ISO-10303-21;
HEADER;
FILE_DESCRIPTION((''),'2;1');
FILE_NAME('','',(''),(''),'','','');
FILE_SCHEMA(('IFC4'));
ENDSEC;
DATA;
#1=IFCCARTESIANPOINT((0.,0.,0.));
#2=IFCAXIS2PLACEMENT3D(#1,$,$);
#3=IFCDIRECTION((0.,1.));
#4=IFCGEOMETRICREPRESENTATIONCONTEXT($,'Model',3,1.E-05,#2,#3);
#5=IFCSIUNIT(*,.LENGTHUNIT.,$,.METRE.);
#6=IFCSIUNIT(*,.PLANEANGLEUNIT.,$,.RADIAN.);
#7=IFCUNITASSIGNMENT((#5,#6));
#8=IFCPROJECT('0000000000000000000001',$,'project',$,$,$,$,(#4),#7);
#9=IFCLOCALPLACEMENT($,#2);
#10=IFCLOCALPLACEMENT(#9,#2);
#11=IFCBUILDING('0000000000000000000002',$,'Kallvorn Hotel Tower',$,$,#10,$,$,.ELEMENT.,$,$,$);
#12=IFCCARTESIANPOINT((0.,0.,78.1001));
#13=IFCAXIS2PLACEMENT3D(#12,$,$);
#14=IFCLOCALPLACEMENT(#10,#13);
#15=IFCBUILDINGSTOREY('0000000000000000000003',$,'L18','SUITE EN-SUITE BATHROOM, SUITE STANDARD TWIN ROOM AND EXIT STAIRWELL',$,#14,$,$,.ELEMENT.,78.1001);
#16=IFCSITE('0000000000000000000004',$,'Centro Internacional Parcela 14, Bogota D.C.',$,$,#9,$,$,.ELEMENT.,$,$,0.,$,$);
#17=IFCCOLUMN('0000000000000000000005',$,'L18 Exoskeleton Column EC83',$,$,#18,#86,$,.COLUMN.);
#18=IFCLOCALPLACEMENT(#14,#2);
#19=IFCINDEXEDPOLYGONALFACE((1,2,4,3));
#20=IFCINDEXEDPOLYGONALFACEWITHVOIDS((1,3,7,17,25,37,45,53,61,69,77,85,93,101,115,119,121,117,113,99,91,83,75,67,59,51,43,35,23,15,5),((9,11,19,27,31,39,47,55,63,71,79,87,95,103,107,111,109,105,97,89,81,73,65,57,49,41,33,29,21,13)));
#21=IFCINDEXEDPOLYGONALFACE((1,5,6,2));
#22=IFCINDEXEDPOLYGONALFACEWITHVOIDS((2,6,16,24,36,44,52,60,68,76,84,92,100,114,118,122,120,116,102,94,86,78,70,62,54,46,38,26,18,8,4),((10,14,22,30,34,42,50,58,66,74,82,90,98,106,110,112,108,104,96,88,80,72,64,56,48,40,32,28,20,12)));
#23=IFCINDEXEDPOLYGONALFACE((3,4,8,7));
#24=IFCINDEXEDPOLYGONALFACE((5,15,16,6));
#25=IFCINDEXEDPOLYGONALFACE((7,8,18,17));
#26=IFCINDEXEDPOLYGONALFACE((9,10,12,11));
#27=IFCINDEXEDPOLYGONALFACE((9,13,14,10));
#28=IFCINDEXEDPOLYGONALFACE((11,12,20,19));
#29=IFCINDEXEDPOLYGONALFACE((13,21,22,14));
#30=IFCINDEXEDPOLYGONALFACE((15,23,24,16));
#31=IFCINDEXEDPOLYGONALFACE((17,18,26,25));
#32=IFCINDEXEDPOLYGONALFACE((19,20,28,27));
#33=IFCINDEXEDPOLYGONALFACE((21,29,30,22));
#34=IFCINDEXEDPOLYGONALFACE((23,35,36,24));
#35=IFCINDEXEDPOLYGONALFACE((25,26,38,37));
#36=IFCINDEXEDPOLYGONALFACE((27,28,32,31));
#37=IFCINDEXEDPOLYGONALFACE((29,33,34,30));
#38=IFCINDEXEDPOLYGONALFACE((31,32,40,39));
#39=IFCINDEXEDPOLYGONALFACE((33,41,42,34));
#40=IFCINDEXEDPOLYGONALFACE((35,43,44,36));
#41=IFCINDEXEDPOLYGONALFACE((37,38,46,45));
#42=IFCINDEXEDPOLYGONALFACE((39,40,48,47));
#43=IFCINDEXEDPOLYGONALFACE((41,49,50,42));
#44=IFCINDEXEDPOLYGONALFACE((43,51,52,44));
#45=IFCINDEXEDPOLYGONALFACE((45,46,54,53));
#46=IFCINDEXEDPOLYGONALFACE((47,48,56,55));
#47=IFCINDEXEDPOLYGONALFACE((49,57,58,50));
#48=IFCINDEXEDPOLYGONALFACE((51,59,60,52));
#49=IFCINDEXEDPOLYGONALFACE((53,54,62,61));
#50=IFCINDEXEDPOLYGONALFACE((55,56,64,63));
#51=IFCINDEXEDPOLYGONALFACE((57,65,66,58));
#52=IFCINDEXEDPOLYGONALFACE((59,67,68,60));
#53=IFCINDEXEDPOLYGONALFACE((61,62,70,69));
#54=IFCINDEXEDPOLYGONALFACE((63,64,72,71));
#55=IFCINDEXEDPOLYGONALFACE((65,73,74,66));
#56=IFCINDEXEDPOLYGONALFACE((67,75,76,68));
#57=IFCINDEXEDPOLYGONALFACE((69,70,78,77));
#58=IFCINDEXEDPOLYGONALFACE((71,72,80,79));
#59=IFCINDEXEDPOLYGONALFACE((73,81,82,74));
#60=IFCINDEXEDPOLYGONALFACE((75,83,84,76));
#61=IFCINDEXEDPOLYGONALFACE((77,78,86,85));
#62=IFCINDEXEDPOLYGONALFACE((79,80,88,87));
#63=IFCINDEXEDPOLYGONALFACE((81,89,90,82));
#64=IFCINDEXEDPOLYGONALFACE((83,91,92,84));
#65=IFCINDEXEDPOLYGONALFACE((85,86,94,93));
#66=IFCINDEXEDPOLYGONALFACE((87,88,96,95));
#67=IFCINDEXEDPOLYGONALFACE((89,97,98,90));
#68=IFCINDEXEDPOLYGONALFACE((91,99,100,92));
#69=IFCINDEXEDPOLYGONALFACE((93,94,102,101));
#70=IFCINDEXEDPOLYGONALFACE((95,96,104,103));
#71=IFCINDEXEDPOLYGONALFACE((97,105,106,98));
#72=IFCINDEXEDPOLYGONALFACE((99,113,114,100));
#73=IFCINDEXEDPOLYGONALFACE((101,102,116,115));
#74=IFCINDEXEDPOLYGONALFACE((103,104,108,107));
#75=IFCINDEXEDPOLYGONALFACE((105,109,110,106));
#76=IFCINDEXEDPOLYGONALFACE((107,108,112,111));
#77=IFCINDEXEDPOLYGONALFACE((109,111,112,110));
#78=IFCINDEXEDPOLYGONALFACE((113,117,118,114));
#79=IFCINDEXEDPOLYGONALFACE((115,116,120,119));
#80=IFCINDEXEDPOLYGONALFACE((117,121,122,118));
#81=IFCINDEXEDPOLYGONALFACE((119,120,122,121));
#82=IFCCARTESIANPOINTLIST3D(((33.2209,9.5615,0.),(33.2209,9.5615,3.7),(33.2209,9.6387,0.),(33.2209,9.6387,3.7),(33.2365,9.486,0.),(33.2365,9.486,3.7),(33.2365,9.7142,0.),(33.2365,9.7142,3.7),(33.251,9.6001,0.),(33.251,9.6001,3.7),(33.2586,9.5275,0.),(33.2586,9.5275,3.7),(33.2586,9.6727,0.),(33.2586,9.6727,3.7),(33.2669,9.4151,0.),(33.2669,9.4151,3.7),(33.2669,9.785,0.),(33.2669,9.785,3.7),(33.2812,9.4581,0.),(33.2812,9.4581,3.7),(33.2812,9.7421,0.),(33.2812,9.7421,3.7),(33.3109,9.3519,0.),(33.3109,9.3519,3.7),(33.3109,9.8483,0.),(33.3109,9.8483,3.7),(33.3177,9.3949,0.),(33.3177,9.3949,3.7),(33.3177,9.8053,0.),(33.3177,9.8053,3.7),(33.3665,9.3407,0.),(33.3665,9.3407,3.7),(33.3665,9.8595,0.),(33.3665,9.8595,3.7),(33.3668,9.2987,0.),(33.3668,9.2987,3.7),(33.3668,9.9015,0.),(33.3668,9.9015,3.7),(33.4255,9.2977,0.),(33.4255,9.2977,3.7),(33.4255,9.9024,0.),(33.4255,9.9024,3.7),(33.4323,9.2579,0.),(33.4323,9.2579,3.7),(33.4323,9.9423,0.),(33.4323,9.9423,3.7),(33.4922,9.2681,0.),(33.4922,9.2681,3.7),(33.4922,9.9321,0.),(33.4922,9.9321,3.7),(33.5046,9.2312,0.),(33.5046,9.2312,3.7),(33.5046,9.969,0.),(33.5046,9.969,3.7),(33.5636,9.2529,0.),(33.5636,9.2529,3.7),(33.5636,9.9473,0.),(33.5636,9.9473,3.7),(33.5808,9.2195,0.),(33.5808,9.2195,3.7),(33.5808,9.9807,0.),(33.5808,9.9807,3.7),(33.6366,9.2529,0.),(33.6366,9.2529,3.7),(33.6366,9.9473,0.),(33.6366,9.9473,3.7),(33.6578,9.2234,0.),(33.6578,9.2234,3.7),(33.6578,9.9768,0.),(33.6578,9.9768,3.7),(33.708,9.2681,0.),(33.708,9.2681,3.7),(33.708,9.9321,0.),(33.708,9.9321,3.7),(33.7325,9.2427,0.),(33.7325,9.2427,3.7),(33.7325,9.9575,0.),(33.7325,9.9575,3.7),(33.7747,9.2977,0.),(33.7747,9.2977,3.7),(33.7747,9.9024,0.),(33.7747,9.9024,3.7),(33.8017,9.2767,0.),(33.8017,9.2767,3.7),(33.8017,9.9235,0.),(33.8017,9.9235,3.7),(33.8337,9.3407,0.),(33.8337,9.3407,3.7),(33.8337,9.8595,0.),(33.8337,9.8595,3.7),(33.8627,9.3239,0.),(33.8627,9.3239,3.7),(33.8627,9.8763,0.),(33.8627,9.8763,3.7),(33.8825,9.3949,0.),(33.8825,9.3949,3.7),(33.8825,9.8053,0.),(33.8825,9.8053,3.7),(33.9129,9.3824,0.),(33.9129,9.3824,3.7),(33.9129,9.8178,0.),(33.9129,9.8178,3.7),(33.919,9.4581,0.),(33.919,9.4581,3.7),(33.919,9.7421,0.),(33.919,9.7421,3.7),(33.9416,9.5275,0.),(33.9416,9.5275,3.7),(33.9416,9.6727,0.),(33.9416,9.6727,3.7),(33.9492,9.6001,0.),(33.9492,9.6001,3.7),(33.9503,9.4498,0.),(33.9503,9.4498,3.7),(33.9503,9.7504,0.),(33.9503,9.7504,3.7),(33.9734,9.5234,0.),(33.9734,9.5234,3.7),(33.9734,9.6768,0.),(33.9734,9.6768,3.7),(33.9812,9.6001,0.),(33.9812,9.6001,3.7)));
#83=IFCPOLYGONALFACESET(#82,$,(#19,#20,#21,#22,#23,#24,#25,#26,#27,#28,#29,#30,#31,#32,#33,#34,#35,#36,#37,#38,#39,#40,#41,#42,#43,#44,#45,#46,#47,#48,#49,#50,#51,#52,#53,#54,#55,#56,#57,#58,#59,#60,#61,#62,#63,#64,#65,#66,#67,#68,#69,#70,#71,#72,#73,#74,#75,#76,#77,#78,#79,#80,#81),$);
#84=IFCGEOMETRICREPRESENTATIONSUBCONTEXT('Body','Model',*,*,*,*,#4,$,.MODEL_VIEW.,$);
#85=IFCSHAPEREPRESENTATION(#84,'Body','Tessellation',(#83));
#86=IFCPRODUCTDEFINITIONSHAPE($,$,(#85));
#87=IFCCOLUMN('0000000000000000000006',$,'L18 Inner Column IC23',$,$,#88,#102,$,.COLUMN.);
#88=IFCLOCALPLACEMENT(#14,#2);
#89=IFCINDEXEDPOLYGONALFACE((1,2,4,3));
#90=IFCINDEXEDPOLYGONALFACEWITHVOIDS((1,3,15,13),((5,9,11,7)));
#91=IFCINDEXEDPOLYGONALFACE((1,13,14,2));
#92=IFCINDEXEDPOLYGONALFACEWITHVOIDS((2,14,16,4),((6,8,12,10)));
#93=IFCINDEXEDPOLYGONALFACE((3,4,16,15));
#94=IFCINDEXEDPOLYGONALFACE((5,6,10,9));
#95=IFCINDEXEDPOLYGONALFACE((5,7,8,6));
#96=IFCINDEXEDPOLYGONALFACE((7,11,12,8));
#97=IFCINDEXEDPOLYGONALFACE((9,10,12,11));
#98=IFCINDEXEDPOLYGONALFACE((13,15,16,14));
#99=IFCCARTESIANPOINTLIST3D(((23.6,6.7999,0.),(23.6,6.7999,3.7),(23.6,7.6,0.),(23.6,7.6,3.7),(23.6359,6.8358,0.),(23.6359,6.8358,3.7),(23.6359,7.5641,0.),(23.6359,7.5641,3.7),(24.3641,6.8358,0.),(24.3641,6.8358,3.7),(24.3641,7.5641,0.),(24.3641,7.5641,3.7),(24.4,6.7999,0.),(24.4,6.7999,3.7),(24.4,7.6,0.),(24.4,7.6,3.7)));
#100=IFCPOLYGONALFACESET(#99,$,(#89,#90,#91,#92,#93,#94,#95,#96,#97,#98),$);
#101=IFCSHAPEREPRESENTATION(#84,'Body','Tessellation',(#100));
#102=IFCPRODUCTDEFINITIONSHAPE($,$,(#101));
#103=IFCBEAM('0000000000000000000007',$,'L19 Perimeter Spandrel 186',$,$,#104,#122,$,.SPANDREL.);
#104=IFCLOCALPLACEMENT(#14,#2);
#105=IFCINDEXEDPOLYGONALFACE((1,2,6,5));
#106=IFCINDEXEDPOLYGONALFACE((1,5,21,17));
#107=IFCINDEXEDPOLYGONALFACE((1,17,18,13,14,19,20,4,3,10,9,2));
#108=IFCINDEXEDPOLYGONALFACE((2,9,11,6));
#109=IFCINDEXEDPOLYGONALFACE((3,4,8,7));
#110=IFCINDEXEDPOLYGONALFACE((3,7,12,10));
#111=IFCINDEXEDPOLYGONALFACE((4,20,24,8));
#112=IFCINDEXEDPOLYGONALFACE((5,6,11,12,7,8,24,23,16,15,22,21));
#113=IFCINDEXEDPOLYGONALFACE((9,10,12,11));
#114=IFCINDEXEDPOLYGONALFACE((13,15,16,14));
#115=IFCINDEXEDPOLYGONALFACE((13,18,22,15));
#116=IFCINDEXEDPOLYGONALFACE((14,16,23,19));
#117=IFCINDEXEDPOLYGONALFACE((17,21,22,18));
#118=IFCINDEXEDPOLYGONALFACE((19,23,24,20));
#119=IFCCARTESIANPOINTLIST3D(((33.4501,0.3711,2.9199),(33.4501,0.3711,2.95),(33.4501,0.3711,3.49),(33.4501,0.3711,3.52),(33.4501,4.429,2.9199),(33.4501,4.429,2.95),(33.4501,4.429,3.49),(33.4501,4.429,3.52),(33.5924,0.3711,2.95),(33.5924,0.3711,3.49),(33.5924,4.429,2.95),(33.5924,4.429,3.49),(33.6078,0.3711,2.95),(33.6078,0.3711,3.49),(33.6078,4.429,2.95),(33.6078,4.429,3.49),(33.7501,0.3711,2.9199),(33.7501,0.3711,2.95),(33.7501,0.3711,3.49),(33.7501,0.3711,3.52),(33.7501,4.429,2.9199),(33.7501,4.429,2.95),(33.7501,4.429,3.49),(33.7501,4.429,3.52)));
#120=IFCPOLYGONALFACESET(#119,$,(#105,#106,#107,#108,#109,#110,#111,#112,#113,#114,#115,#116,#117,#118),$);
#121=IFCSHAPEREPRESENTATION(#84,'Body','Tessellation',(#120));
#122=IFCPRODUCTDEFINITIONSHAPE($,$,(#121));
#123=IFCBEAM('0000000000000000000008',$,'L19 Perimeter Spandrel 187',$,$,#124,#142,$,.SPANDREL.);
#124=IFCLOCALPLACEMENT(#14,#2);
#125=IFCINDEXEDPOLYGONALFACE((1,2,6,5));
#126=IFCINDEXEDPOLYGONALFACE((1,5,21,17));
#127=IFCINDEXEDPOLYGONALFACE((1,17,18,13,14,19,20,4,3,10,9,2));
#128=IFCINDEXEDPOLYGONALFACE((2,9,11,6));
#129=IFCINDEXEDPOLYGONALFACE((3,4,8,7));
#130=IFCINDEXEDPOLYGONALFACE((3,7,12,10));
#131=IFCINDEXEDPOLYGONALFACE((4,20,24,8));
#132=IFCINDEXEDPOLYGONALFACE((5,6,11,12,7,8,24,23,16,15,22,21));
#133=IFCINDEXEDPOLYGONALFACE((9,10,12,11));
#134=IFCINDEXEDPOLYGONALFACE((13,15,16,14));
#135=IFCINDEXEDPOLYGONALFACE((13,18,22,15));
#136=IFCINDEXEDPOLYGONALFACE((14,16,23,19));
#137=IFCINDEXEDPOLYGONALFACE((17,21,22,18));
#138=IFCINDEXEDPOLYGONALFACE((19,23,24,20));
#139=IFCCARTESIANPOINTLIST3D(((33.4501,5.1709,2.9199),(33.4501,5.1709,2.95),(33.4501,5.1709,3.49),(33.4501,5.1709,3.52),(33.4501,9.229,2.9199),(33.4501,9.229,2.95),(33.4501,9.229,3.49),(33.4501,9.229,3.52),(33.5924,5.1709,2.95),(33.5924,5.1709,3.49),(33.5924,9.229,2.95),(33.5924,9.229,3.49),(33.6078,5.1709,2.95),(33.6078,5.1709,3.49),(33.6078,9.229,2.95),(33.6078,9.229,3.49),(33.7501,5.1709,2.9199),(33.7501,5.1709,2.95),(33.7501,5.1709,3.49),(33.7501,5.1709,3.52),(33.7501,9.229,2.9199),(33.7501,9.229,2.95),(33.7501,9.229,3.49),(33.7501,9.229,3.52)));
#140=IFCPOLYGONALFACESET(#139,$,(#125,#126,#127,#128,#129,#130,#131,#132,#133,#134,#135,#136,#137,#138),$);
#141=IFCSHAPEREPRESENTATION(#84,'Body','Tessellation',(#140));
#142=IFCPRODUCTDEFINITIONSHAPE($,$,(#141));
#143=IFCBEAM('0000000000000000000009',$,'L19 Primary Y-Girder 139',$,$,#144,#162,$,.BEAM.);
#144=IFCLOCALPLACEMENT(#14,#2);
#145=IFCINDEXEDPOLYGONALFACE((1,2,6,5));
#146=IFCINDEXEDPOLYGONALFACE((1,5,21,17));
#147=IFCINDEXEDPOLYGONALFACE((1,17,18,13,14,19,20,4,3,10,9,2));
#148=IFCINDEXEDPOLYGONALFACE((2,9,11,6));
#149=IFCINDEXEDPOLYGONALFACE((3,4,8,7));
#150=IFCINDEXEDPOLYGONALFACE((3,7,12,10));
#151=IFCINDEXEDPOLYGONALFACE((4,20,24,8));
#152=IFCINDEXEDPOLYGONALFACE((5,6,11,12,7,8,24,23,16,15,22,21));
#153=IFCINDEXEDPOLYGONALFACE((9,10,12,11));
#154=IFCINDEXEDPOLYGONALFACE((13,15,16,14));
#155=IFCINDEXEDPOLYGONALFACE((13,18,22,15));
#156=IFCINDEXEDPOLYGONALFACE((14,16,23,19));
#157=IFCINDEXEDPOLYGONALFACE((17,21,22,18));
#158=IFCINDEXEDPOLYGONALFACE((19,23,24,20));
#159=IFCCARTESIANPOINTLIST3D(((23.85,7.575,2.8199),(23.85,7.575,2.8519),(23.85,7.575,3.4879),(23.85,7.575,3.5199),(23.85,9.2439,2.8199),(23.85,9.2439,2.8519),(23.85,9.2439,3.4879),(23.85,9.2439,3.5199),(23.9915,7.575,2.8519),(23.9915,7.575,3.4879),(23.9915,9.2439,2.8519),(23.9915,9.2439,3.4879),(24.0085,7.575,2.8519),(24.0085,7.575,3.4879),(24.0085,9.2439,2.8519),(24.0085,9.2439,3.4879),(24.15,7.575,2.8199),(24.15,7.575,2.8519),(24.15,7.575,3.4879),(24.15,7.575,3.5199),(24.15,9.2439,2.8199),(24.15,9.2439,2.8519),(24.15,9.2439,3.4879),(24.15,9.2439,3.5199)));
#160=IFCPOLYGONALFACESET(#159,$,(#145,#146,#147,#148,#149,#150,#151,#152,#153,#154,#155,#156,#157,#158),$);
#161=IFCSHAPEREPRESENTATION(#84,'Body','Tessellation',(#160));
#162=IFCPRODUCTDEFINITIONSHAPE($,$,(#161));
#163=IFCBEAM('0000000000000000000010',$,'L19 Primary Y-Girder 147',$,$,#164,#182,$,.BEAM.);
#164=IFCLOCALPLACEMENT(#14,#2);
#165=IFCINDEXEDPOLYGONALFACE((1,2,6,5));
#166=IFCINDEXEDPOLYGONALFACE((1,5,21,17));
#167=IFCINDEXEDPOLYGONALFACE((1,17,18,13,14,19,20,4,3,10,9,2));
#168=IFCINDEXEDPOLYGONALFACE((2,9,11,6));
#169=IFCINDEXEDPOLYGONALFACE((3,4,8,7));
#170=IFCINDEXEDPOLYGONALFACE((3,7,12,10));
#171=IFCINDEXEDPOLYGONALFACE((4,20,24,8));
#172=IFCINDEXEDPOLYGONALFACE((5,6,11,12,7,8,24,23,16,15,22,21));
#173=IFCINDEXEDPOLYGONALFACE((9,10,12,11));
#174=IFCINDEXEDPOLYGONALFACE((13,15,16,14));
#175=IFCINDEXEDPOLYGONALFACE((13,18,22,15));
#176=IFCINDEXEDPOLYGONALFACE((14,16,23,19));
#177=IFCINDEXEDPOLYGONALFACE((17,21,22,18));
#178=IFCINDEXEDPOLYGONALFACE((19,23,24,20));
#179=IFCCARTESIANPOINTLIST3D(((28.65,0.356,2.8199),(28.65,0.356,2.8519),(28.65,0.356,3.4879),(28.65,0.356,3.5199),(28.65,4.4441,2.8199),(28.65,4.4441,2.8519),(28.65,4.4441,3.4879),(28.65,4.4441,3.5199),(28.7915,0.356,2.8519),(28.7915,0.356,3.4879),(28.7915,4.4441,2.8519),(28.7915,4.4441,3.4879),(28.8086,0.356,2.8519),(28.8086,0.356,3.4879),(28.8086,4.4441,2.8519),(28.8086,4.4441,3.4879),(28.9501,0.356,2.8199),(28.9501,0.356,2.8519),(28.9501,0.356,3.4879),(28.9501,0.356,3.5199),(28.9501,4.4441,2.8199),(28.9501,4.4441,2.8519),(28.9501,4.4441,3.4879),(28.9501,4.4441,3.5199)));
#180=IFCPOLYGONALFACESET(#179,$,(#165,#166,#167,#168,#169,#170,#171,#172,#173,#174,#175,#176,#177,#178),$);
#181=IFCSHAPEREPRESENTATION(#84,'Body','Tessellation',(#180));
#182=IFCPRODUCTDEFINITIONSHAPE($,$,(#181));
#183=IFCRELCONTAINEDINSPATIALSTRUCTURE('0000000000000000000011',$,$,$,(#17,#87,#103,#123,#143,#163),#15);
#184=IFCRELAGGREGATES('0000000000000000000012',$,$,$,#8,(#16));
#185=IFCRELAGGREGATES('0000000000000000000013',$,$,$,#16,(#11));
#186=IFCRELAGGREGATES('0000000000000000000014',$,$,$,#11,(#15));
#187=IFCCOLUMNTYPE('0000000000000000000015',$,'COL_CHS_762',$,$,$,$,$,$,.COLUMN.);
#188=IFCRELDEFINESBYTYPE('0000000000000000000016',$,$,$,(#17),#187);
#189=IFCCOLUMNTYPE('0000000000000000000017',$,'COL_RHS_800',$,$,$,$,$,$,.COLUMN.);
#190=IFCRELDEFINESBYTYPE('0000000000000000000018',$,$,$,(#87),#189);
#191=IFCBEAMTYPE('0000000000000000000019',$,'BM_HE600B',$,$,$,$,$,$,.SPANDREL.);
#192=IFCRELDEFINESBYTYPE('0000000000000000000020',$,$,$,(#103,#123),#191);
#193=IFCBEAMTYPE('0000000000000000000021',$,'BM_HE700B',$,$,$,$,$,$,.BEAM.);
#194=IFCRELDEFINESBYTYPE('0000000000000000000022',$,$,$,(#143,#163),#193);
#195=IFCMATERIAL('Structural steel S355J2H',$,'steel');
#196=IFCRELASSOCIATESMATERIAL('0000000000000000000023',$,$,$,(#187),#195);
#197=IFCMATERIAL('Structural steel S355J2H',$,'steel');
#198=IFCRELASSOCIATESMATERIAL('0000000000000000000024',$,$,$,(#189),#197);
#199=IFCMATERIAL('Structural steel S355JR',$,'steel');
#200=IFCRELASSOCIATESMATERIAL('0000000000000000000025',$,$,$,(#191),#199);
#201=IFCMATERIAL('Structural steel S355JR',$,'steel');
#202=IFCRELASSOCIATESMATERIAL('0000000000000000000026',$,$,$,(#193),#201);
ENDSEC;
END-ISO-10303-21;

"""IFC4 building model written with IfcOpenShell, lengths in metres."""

from ifc_helpers import new_model, si_unit, direction, frame, origin, origin_2d, place, context, subcontext, project, spatial, hollow_rectangle, hollow_circle, i_section, extrude, material, material_profile, profile_set, type_object, element, save


model = new_model("IFC4")

# Units and contexts
model_context = context("Model", 3, precision=1e-05, world=origin(), true_north=direction((0.0, 1.0)))
body_context = subcontext(model_context, "Body", "Model", "MODEL_VIEW")
ifc_project = project(units=[si_unit("LENGTHUNIT", "METRE"), si_unit("PLANEANGLEUNIT", "RADIAN")], contexts=[model_context])

# Site, building, storey
site_placement = place(None, origin())
site = spatial("IfcSite", under=ifc_project, at=site_placement, Name="Centro Internacional Parcela 14, Bogota D.C.", CompositionType="ELEMENT", RefElevation=0.0)
building_placement = place(site_placement, origin())
building = spatial("IfcBuilding", under=site, at=building_placement, Name="Kallvorn Hotel Tower", CompositionType="ELEMENT")
storey_placement = place(building_placement, frame((0.0, 0.0, 78.1001)))
storey = spatial("IfcBuildingStorey", under=building, at=storey_placement, Name="L18", Description="SUITE EN-SUITE BATHROOM, SUITE STANDARD TWIN ROOM AND EXIT STAIRWELL", CompositionType="ELEMENT", Elevation=78.1001)

# Columns
ifc_material_1 = material(Name="Structural steel S355J2H", Category="steel")
ifc_material_profile_1 = material_profile(ifc_material_1, hollow_circle(Radius=0.3811, WallThickness=0.032, at=origin_2d()), Name="CHS 762x32")
ifc_profile_set_1 = profile_set([ifc_material_profile_1], Name="Structural steel S355J2H")
column_type_1 = type_object("IfcColumnType", Name="COL_CHS_762", PredefinedType="COLUMN", material=ifc_profile_set_1)
for number, where, z_axis, x_axis, name in (
    (1, (33.6001, 9.6001, 0.0), (0.0, 0.0, 1.0), (1.0, 0.0, 0.0), "L18 Exoskeleton Column EC83"),
):
    element("IfcColumn", number, at=place(storey_placement, frame(where, z_axis=z_axis, x_axis=x_axis)), inside=storey, type_object=column_type_1, Name=name, PredefinedType="COLUMN", context=body_context, shape_type="SweptSolid", body=[
        extrude(hollow_circle(Radius=0.3811, WallThickness=0.032, at=origin_2d()), origin(), (0.0, 0.0, 1.0), 3.7),
    ])
ifc_material_2 = material(Name="Structural steel S355J2H", Category="steel")
ifc_material_profile_2 = material_profile(ifc_material_2, hollow_rectangle(XDim=0.8, YDim=0.8, WallThickness=0.0359, at=origin_2d()), Name="RHS 800x800x36")
ifc_profile_set_2 = profile_set([ifc_material_profile_2], Name="Structural steel S355J2H")
column_type_2 = type_object("IfcColumnType", Name="COL_RHS_800", PredefinedType="COLUMN", material=ifc_profile_set_2)
column_placement = place(storey_placement, frame((24.0, 7.2, 0.0), z_axis=(0.0, 0.0, 1.0), x_axis=(1.0, 0.0, 0.0)))
element("IfcColumn", 2, at=column_placement, inside=storey, type_object=column_type_2, Name="L18 Inner Column IC23", PredefinedType="COLUMN", context=body_context, shape_type="SweptSolid", body=[
    extrude(hollow_rectangle(XDim=0.8, YDim=0.8, WallThickness=0.0359, at=origin_2d()), origin(), (0.0, 0.0, 1.0), 3.7),
])

# Beams
ifc_material_3 = material(Name="Structural steel S355JR", Category="steel")
ifc_material_profile_3 = material_profile(ifc_material_3, i_section(OverallWidth=0.3, OverallDepth=0.6001, WebThickness=0.0154, FlangeThickness=0.03, at=origin_2d()), Name="HE 600 B")
ifc_profile_set_3 = profile_set([ifc_material_profile_3], Name="Structural steel S355JR")
beam_type_1 = type_object("IfcBeamType", Name="BM_HE600B", PredefinedType="SPANDREL", material=ifc_profile_set_3)
beam_1_placement = place(storey_placement, frame((33.6001, 0.3711, 3.22), z_axis=(0.0, 1.0, 0.0), x_axis=(-1.0, 0.0, 0.0)))
element("IfcBeam", 3, at=beam_1_placement, inside=storey, type_object=beam_type_1, Name="L19 Perimeter Spandrel 186", PredefinedType="SPANDREL", context=body_context, shape_type="SweptSolid", body=[
    extrude(i_section(OverallWidth=0.3, OverallDepth=0.6001, WebThickness=0.0154, FlangeThickness=0.03, at=origin_2d()), origin(), (0.0, 0.0, 1.0), 4.0579),
])
beam_2_placement = place(storey_placement, frame((33.6001, 5.1709, 3.22), z_axis=(0.0, 1.0, 0.0), x_axis=(-1.0, 0.0, 0.0)))
element("IfcBeam", 4, at=beam_2_placement, inside=storey, type_object=beam_type_1, Name="L19 Perimeter Spandrel 187", PredefinedType="SPANDREL", context=body_context, shape_type="SweptSolid", body=[
    extrude(i_section(OverallWidth=0.3, OverallDepth=0.6001, WebThickness=0.0154, FlangeThickness=0.03, at=origin_2d()), origin(), (0.0, 0.0, 1.0), 4.0581),
])
ifc_material_4 = material(Name="Structural steel S355JR", Category="steel")
ifc_material_profile_4 = material_profile(ifc_material_4, i_section(OverallWidth=0.3, OverallDepth=0.7, WebThickness=0.0171, FlangeThickness=0.032, at=origin_2d()), Name="HE 700 B")
ifc_profile_set_4 = profile_set([ifc_material_profile_4], Name="Structural steel S355JR")
beam_type_2 = type_object("IfcBeamType", Name="BM_HE700B", PredefinedType="BEAM", material=ifc_profile_set_4)
beam_3_placement = place(storey_placement, frame((24.0, 7.575, 3.1699), z_axis=(0.0, 1.0, 0.0), x_axis=(-1.0, 0.0, 0.0)))
element("IfcBeam", 5, at=beam_3_placement, inside=storey, type_object=beam_type_2, Name="L19 Primary Y-Girder 139", PredefinedType="BEAM", context=body_context, shape_type="SweptSolid", body=[
    extrude(i_section(OverallWidth=0.3, OverallDepth=0.7, WebThickness=0.0171, FlangeThickness=0.032, at=origin_2d()), origin(), (0.0, 0.0, 1.0), 1.6689),
])
beam_4_placement = place(storey_placement, frame((28.8, 0.356, 3.1699), z_axis=(0.0, 1.0, 0.0), x_axis=(-1.0, 0.0, 0.0)))
element("IfcBeam", 6, at=beam_4_placement, inside=storey, type_object=beam_type_2, Name="L19 Primary Y-Girder 147", PredefinedType="BEAM", context=body_context, shape_type="SweptSolid", body=[
    extrude(i_section(OverallWidth=0.3, OverallDepth=0.7, WebThickness=0.0171, FlangeThickness=0.032, at=origin_2d()), origin(), (0.0, 0.0, 1.0), 4.0881),
])

save(model, "model.ifc")
